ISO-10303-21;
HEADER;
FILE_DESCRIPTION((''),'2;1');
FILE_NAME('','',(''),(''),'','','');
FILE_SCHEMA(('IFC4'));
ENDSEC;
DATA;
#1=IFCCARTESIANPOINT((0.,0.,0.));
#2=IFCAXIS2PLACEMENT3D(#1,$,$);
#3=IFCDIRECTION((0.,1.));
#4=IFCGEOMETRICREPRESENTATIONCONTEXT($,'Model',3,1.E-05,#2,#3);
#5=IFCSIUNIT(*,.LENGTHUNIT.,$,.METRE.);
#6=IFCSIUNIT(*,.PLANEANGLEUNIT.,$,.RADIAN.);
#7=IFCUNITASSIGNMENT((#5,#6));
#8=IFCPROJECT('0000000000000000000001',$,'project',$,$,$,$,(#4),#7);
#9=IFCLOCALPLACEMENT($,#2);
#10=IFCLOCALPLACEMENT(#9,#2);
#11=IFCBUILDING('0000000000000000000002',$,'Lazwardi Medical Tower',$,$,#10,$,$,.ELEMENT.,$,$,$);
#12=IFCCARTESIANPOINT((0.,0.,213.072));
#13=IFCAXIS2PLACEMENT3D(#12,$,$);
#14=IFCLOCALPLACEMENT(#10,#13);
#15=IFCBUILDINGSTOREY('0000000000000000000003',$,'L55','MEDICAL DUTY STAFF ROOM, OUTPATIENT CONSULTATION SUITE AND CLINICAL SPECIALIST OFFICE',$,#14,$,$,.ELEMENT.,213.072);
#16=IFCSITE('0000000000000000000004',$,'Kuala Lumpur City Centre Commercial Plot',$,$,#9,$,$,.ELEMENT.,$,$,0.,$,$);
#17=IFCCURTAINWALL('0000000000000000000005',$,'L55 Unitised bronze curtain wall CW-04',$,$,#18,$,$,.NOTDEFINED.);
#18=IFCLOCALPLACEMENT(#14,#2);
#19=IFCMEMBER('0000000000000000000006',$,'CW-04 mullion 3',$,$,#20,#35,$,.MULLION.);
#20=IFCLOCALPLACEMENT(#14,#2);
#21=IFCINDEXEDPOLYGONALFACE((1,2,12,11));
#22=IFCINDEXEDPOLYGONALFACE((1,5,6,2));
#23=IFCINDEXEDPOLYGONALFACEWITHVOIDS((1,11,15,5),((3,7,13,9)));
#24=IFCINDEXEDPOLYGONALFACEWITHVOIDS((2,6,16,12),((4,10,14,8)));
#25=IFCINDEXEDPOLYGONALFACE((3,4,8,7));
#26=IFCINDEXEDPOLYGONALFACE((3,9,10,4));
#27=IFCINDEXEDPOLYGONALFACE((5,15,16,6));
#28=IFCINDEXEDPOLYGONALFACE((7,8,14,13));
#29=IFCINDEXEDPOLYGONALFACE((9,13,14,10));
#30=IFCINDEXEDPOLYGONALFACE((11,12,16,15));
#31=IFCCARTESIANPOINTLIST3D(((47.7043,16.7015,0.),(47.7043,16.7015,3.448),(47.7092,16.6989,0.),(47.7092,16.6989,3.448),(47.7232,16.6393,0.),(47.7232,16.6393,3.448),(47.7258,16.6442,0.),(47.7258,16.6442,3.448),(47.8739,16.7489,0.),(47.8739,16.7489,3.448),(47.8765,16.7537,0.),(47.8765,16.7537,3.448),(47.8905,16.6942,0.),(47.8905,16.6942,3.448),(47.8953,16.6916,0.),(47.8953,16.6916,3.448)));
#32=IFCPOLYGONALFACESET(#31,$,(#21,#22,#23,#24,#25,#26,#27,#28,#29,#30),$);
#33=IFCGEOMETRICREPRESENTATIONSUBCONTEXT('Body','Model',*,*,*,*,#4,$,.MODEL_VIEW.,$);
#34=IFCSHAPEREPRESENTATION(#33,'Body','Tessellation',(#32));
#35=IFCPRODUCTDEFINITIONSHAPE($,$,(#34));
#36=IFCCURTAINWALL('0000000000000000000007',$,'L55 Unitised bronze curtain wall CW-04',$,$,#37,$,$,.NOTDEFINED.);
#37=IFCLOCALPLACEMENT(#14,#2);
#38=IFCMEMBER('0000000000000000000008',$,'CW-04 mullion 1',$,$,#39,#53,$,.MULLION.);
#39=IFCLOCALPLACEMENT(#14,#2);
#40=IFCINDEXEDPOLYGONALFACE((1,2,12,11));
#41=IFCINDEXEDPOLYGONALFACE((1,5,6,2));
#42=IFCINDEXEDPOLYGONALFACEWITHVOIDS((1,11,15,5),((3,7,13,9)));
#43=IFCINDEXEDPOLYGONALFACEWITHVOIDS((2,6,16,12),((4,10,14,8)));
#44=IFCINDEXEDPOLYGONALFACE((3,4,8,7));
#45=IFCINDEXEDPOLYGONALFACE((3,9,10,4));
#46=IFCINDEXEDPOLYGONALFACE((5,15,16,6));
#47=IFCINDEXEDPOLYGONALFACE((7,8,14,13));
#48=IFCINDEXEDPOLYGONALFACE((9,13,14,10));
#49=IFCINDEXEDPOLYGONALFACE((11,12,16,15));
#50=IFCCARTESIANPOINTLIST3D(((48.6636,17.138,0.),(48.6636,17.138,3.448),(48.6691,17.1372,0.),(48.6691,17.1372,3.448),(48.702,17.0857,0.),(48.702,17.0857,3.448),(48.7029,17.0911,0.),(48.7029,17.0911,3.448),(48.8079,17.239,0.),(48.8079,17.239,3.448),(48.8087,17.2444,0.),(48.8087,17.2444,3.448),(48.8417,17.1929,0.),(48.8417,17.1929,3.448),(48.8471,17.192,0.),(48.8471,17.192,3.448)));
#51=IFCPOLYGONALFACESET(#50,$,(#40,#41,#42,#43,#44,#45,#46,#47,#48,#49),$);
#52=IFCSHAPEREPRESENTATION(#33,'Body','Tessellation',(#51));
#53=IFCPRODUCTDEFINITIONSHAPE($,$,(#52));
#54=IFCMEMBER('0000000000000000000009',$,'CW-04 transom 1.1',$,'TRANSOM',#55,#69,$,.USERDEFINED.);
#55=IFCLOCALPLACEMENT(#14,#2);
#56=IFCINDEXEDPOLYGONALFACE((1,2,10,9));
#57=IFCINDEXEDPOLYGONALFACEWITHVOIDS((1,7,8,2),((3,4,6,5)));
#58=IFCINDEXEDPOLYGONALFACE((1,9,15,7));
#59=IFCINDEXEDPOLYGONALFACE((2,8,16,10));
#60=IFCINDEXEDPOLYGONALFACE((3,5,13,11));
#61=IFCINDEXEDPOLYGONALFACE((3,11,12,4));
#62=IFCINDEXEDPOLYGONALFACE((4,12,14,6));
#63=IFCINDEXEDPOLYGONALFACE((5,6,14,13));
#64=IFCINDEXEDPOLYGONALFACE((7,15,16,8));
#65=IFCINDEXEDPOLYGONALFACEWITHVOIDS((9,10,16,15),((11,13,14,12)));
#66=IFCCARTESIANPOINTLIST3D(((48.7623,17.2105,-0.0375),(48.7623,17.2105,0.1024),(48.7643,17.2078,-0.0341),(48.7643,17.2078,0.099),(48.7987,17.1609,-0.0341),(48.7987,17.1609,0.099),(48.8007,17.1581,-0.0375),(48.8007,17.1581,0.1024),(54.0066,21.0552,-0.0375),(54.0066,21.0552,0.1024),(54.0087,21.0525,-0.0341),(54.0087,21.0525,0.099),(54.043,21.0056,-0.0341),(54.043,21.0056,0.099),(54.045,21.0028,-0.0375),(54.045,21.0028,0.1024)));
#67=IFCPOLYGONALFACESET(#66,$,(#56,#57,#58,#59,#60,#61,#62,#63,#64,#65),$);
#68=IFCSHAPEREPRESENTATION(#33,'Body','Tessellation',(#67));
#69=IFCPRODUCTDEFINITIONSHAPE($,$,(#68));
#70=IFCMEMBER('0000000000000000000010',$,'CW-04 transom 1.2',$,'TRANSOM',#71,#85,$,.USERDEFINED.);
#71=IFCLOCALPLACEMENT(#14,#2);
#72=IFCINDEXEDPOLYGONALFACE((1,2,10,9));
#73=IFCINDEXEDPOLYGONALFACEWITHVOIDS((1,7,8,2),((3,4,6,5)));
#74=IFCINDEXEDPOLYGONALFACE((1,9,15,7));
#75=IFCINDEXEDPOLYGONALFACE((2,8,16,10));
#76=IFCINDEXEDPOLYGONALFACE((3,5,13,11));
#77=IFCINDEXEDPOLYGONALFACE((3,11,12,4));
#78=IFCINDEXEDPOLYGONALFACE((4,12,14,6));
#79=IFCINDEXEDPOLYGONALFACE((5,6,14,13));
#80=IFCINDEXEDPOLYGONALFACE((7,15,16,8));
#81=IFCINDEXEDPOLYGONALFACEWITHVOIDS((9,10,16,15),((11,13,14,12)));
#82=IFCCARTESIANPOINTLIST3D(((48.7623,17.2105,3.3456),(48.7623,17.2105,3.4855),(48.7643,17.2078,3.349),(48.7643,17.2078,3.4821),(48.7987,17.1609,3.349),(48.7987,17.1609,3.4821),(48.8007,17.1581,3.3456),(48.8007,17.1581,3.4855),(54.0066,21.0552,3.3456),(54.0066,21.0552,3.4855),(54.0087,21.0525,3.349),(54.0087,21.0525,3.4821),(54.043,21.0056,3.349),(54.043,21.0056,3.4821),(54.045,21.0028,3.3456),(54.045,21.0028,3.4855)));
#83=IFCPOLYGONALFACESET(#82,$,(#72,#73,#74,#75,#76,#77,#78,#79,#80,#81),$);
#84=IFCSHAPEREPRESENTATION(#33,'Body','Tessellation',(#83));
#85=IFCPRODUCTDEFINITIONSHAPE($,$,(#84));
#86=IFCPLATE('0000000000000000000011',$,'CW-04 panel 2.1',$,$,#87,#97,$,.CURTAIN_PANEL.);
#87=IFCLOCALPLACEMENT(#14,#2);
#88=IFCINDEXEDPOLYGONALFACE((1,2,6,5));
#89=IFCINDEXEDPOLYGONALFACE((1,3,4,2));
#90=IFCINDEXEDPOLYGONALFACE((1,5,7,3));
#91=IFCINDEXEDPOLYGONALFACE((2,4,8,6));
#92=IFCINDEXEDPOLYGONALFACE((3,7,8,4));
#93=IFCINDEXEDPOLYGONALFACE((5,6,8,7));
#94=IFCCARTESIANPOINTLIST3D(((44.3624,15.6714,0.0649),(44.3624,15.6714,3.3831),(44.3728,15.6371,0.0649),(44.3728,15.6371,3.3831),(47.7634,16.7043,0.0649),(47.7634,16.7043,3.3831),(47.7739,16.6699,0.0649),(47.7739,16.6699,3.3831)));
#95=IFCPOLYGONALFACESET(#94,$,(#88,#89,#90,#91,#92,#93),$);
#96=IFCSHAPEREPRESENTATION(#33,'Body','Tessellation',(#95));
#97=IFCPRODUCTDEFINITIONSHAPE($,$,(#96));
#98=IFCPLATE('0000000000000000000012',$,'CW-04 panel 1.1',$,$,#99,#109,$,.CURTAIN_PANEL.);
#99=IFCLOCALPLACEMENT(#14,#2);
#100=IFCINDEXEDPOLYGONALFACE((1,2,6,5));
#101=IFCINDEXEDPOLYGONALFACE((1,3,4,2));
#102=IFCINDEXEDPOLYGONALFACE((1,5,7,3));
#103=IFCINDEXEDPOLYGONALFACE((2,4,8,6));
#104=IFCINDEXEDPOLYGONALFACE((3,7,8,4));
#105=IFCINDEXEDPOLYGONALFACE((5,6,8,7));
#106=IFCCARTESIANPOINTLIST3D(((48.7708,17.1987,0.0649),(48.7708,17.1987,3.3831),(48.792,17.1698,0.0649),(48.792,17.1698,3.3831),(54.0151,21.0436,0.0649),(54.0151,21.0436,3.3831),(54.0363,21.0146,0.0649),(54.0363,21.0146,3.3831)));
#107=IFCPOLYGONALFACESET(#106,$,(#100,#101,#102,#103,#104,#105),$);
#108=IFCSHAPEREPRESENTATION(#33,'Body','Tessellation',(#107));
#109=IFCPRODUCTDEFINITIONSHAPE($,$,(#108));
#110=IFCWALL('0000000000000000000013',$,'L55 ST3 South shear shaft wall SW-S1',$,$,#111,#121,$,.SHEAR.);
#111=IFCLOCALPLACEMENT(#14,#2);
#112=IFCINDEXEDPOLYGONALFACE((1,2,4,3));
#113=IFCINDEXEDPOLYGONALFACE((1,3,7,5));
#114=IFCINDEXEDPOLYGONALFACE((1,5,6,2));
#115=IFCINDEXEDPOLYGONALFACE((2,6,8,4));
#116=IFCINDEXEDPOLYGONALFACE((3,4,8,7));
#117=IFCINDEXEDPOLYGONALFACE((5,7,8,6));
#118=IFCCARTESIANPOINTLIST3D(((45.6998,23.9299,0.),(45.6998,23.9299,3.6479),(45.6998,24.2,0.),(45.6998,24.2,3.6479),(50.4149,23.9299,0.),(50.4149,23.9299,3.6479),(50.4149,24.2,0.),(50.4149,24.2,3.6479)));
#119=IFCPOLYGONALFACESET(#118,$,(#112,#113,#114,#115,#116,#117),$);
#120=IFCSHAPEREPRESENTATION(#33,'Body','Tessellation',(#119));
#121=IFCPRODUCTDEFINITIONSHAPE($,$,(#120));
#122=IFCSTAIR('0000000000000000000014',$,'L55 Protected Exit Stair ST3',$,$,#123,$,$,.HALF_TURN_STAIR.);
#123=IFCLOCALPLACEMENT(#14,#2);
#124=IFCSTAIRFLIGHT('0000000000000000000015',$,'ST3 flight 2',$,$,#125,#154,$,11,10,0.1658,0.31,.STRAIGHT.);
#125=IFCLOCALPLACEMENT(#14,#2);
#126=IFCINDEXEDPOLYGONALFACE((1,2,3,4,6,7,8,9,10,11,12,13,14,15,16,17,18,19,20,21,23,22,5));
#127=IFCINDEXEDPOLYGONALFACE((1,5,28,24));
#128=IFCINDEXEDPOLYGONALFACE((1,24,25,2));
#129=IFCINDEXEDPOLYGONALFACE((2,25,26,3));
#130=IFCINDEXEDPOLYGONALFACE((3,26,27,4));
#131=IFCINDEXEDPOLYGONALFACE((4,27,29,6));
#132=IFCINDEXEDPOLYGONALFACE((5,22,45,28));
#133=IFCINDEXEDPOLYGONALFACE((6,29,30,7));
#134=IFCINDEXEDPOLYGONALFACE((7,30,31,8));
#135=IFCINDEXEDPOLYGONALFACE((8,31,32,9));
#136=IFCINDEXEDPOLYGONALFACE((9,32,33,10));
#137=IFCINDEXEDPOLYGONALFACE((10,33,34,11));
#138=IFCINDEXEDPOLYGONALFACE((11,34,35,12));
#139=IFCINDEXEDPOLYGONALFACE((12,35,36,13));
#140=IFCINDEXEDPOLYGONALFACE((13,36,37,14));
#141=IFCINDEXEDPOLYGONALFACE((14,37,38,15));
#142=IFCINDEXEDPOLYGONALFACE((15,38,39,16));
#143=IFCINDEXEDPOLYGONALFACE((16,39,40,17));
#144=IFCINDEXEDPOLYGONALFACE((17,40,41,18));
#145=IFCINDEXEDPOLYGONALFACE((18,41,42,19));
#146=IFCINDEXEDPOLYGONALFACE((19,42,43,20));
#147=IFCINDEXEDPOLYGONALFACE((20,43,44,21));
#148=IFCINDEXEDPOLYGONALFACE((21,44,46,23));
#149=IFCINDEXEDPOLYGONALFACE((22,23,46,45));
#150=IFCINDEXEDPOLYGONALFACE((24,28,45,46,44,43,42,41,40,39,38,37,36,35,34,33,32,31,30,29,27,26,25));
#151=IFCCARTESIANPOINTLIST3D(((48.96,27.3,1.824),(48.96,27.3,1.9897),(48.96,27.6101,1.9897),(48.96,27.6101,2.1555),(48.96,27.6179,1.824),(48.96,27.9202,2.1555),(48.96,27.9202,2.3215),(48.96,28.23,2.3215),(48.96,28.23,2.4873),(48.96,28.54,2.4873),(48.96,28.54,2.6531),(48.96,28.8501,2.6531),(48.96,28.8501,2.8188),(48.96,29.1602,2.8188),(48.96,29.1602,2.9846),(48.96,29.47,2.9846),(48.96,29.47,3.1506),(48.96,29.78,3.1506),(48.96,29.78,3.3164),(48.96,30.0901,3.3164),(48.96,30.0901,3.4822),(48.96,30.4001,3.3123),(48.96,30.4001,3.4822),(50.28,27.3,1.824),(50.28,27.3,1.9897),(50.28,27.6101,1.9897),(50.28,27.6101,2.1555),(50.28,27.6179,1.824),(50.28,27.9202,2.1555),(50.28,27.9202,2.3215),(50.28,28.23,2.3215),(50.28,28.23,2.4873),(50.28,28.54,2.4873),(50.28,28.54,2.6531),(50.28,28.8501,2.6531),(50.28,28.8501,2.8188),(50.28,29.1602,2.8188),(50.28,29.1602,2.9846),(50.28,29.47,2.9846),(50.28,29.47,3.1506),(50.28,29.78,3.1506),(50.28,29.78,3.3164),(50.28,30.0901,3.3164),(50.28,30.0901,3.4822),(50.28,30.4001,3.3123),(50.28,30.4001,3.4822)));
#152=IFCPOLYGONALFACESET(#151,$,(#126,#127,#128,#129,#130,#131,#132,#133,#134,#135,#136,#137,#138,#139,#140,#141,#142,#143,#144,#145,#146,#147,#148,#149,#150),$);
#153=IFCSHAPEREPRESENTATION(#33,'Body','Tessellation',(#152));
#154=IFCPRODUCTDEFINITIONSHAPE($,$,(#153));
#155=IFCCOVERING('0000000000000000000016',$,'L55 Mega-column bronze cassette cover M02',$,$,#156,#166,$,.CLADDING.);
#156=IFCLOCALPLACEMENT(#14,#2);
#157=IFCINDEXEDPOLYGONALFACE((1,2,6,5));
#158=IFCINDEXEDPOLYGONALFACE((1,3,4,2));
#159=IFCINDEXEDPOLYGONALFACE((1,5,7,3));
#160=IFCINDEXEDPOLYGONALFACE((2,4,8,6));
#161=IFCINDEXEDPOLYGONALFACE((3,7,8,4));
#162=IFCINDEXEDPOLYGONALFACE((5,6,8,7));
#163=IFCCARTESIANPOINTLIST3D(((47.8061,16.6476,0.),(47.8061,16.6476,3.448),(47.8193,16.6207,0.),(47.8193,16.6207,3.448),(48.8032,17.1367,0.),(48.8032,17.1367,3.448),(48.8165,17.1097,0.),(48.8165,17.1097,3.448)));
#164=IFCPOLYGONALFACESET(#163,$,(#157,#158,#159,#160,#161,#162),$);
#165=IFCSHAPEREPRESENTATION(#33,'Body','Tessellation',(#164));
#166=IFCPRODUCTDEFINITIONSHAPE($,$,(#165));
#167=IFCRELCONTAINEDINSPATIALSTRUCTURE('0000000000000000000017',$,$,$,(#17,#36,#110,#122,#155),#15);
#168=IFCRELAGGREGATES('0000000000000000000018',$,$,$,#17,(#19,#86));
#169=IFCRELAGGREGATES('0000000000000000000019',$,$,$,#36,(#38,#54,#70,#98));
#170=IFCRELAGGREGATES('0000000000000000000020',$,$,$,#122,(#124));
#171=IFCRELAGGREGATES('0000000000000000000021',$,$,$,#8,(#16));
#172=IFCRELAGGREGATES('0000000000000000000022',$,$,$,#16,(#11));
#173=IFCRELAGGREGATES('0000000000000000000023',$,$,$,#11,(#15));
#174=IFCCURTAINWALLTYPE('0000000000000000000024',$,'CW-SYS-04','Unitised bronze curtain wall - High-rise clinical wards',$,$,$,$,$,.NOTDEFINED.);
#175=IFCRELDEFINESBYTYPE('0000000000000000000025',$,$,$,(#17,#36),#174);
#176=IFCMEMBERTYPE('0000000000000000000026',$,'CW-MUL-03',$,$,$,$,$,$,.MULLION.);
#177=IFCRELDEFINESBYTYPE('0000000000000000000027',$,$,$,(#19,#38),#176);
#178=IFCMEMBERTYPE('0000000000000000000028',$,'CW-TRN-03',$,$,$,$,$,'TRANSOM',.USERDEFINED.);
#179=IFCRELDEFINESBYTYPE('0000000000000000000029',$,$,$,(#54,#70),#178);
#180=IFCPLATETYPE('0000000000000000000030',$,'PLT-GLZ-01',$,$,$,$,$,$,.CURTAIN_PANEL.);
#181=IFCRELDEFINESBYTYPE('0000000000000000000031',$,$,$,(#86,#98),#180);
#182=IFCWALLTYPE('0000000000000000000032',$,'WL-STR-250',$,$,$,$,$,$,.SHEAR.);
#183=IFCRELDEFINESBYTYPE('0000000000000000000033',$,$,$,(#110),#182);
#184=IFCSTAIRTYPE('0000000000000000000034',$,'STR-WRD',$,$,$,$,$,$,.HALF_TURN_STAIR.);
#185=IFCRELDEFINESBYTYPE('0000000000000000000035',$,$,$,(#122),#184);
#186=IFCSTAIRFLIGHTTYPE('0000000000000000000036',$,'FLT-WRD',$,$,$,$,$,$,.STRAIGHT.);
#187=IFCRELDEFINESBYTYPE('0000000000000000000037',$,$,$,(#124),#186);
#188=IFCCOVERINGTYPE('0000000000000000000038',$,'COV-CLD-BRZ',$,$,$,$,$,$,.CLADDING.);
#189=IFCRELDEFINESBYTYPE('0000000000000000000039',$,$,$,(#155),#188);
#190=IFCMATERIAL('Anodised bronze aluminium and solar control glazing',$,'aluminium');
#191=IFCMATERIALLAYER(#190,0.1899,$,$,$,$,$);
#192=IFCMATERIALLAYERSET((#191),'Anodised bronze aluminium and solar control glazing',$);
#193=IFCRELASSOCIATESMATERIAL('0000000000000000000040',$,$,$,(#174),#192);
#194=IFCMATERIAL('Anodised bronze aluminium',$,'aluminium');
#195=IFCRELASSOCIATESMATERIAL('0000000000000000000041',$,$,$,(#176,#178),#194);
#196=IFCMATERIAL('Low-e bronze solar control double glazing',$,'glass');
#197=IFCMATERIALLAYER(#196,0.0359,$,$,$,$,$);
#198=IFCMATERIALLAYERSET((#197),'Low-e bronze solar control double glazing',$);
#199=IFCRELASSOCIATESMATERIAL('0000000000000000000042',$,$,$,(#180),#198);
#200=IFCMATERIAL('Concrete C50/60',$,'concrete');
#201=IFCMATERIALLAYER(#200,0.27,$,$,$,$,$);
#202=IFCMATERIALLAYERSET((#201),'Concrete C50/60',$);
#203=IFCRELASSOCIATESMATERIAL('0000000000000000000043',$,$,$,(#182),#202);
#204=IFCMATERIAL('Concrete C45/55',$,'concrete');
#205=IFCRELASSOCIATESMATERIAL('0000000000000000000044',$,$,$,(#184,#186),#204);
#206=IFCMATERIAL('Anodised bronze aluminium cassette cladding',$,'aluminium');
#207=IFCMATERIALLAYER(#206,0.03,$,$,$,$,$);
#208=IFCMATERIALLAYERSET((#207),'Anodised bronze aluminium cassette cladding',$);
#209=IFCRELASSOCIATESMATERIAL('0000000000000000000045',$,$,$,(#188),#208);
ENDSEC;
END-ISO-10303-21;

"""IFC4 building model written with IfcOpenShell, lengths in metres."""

from ifc_helpers import new_model, si_unit, direction, frame, frame_2d, origin, origin_2d, place, context, subcontext, project, spatial, polyline, rectangle, hollow_rectangle, outline, extrude, material, layer, layer_set, material_profile, profile_set, type_object, element, aggregate, save


model = new_model("IFC4")

# Units and contexts
model_context = context("Model", 3, precision=1e-05, world=origin(), true_north=direction((0.0, 1.0)))
body_context = subcontext(model_context, "Body", "Model", "MODEL_VIEW")
ifc_project = project(units=[si_unit("LENGTHUNIT", "METRE"), si_unit("PLANEANGLEUNIT", "RADIAN")], contexts=[model_context])

# Site, building, storey
site_placement = place(None, origin())
site = spatial("IfcSite", under=ifc_project, at=site_placement, Name="Kuala Lumpur City Centre Commercial Plot", CompositionType="ELEMENT", RefElevation=0.0)
building_placement = place(site_placement, origin())
building = spatial("IfcBuilding", under=site, at=building_placement, Name="Lazwardi Medical Tower", CompositionType="ELEMENT")
storey_placement = place(building_placement, frame((0.0, 0.0, 213.072)))
storey = spatial("IfcBuildingStorey", under=building, at=storey_placement, Name="L55", Description="MEDICAL DUTY STAFF ROOM, OUTPATIENT CONSULTATION SUITE AND CLINICAL SPECIALIST OFFICE", CompositionType="ELEMENT", Elevation=213.072)

# Curtain wall, member
ifc_material_1 = material(Name="Anodised bronze aluminium and solar control glazing", Category="aluminium")
ifc_layer_1 = layer(ifc_material_1, 0.1899)
ifc_layer_set_1 = layer_set([ifc_layer_1], Name="Anodised bronze aluminium and solar control glazing")
curtain_wall_type = type_object("IfcCurtainWallType", Name="CW-SYS-04", Description="Unitised bronze curtain wall - High-rise clinical wards", PredefinedType="NOTDEFINED", material=ifc_layer_set_1)
curtain_wall_1_placement = place(storey_placement, origin())
curtain_wall_1 = element("IfcCurtainWall", 1, at=curtain_wall_1_placement, inside=storey, type_object=curtain_wall_type, Name="L55 Unitised bronze curtain wall CW-04", PredefinedType="NOTDEFINED")
ifc_material_2 = material(Name="Anodised bronze aluminium", Category="aluminium")
ifc_material_profile_1 = material_profile(ifc_material_2, hollow_rectangle(XDim=0.0649, YDim=0.1799, WallThickness=0.0039, at=origin_2d()), Name="ALU-MULLION 180x65x4")
ifc_profile_set_1 = profile_set([ifc_material_profile_1], Name="Anodised bronze aluminium")
member_type_1 = type_object("IfcMemberType", Name="CW-MUL-03", PredefinedType="MULLION", material=ifc_profile_set_1)
member_1_placement = place(storey_placement, frame((47.7998, 16.6965, 0.0), z_axis=(0.0, 0.0, 1.0), x_axis=(-0.290582, 0.95685, 0.0)))
member_1 = element("IfcMember", 2, at=member_1_placement, type_object=member_type_1, Name="CW-04 mullion 3", PredefinedType="MULLION", context=body_context, shape_type="SweptSolid", body=[
    extrude(hollow_rectangle(XDim=0.0649, YDim=0.1799, WallThickness=0.0039, at=origin_2d()), origin(), (0.0, 0.0, 1.0), 3.448),
])

# Curtain wall, members
curtain_wall_2_placement = place(storey_placement, origin())
curtain_wall_2 = element("IfcCurtainWall", 3, at=curtain_wall_2_placement, inside=storey, type_object=curtain_wall_type, Name="L55 Unitised bronze curtain wall CW-04", PredefinedType="NOTDEFINED")
member_2_placement = place(storey_placement, frame((48.7554, 17.165, 0.0), z_axis=(0.0, 0.0, 1.0), x_axis=(-0.591268, 0.806475, 0.0)))
member_2 = element("IfcMember", 4, at=member_2_placement, type_object=member_type_1, Name="CW-04 mullion 1", PredefinedType="MULLION", context=body_context, shape_type="SweptSolid", body=[
    extrude(hollow_rectangle(XDim=0.0649, YDim=0.1799, WallThickness=0.0039, at=origin_2d()), origin(), (0.0, 0.0, 1.0), 3.448),
])
ifc_material_profile_2 = material_profile(ifc_material_2, hollow_rectangle(XDim=0.0649, YDim=0.1399, WallThickness=0.0034, at=origin_2d()), Name="ALU-TRANSOM 140x65x3.5")
ifc_profile_set_2 = profile_set([ifc_material_profile_2], Name="Anodised bronze aluminium")
member_type_2 = type_object("IfcMemberType", Name="CW-TRN-03", ElementType="TRANSOM", PredefinedType="USERDEFINED", material=ifc_profile_set_2)
member_3_placement = place(storey_placement, frame((48.7815, 17.1843, 0.0325), z_axis=(0.80649, 0.591248, 0.0), x_axis=(-0.591248, 0.80649, 0.0)))
member_3 = element("IfcMember", 5, at=member_3_placement, type_object=member_type_2, Name="CW-04 transom 1.1", ObjectType="TRANSOM", PredefinedType="USERDEFINED", context=body_context, shape_type="SweptSolid", body=[
    extrude(hollow_rectangle(XDim=0.0649, YDim=0.1399, WallThickness=0.0034, at=origin_2d()), origin(), (0.0, 0.0, 1.0), 6.5027),
])
member_4_placement = place(storey_placement, frame((48.7815, 17.1843, 3.4155), z_axis=(0.80649, 0.591248, 0.0), x_axis=(-0.591248, 0.80649, 0.0)))
member_4 = element("IfcMember", 6, at=member_4_placement, type_object=member_type_2, Name="CW-04 transom 1.2", ObjectType="TRANSOM", PredefinedType="USERDEFINED", context=body_context, shape_type="SweptSolid", body=[
    extrude(hollow_rectangle(XDim=0.0649, YDim=0.1399, WallThickness=0.0034, at=origin_2d()), origin(), (0.0, 0.0, 1.0), 6.5027),
])

# Plates
ifc_material_3 = material(Name="Low-e bronze solar control double glazing", Category="glass")
ifc_layer_2 = layer(ifc_material_3, 0.0359)
ifc_layer_set_2 = layer_set([ifc_layer_2], Name="Low-e bronze solar control double glazing")
plate_type = type_object("IfcPlateType", Name="PLT-GLZ-01", PredefinedType="CURTAIN_PANEL", material=ifc_layer_set_2)
plate_1_placement = place(storey_placement, frame((46.0681, 16.1707, 0.0649), z_axis=(0.0, 0.0, 1.0), x_axis=(0.95685, 0.290582, 0.0)))
plate_1 = element("IfcPlate", 7, at=plate_1_placement, type_object=plate_type, Name="CW-04 panel 2.1", PredefinedType="CURTAIN_PANEL", context=body_context, shape_type="SweptSolid", body=[
    extrude(rectangle(XDim=3.5544, YDim=0.0359, at=origin_2d()), origin(), (0.0, 0.0, 1.0), 3.3181),
])
aggregate(curtain_wall_1, [member_1, plate_1])
plate_2_placement = place(storey_placement, frame((51.4036, 19.1067, 0.0649), z_axis=(0.0, 0.0, 1.0), x_axis=(0.806475, 0.591268, 0.0)))
plate_2 = element("IfcPlate", 8, at=plate_2_placement, type_object=plate_type, Name="CW-04 panel 1.1", PredefinedType="CURTAIN_PANEL", context=body_context, shape_type="SweptSolid", body=[
    extrude(rectangle(XDim=6.5027, YDim=0.0359, at=origin_2d()), origin(), (0.0, 0.0, 1.0), 3.3181),
])
aggregate(curtain_wall_2, [member_2, member_3, member_4, plate_2])

# Wall
ifc_material_4 = material(Name="Concrete C50/60", Category="concrete")
ifc_layer_3 = layer(ifc_material_4, 0.27)
ifc_layer_set_3 = layer_set([ifc_layer_3], Name="Concrete C50/60")
wall_type = type_object("IfcWallType", Name="WL-STR-250", PredefinedType="SHEAR", material=ifc_layer_set_3)
wall_placement = place(storey_placement, frame((45.7, 24.0649, 0.0), z_axis=(0.0, 0.0, 1.0), x_axis=(1.0, 0.0, 0.0)))
element("IfcWall", 9, at=wall_placement, inside=storey, type_object=wall_type, Name="L55 ST3 South shear shaft wall SW-S1", PredefinedType="SHEAR", context=body_context, shape_type="SweptSolid", body=[
    extrude(rectangle(XDim=4.7151, YDim=0.27, at=frame_2d((2.3574, 0.0))), origin(), (0.0, 0.0, 1.0), 3.6479),
])

# Stair, stair flight
ifc_material_5 = material(Name="Concrete C45/55", Category="concrete")
stair_type = type_object("IfcStairType", Name="STR-WRD", PredefinedType="HALF_TURN_STAIR", material=ifc_material_5)
stair_placement = place(storey_placement, origin())
stair = element("IfcStair", 10, at=stair_placement, inside=storey, type_object=stair_type, Name="L55 Protected Exit Stair ST3", PredefinedType="HALF_TURN_STAIR")
stair_flight_type = type_object("IfcStairFlightType", Name="FLT-WRD", PredefinedType="STRAIGHT", material=ifc_material_5)
stair_flight_placement = place(storey_placement, frame((49.6201, 27.3, 1.824), z_axis=(0.0, 0.0, 1.0), x_axis=(0.0, 1.0, 0.0)))
stair_flight = element("IfcStairFlight", 11, at=stair_flight_placement, type_object=stair_flight_type, Name="ST3 flight 2", NumberOfRisers=11, NumberOfTreads=10, PredefinedType="STRAIGHT", RiserHeight=0.1658, TreadLength=0.31, context=body_context, shape_type="SweptSolid", body=[
    extrude(outline(polyline([(0.0, 0.0), (0.0, 0.1658), (0.3101, 0.1658), (0.3101, 0.3315), (0.6201, 0.3315), (0.6201, 0.4976), (0.9299, 0.4976), (0.9299, 0.6633), (1.24, 0.6633), (1.24, 0.8291), (1.55, 0.8291), (1.55, 0.9949), (1.8601, 0.9949), (1.8601, 1.1606), (2.1699, 1.1606), (2.1699, 1.3267), (2.48, 1.3267), (2.48, 1.4924), (2.79, 1.4924), (2.79, 1.6582), (3.1001, 1.6582), (3.1001, 1.824), (3.1001, 1.4883), (0.3179, 0.0), (0.0, 0.0)])), frame((0.0, 0.6602, 0.0), z_axis=(0.0, -1.0, 0.0), x_axis=(1.0, 0.0, 0.0)), (0.0, 0.0, 1.0), 1.3201),
])
aggregate(stair, [stair_flight])

# Covering
ifc_material_6 = material(Name="Anodised bronze aluminium cassette cladding", Category="aluminium")
ifc_layer_4 = layer(ifc_material_6, 0.03)
ifc_layer_set_4 = layer_set([ifc_layer_4], Name="Anodised bronze aluminium cassette cladding")
covering_type = type_object("IfcCoveringType", Name="COV-CLD-BRZ", PredefinedType="CLADDING", material=ifc_layer_set_4)
covering_placement = place(storey_placement, frame((48.3113, 16.8787, 0.0), z_axis=(0.0, 0.0, 1.0), x_axis=(0.89784, 0.440322, 0.0)))
element("IfcCovering", 12, at=covering_placement, inside=storey, type_object=covering_type, Name="L55 Mega-column bronze cassette cover M02", PredefinedType="CLADDING", context=body_context, shape_type="SweptSolid", body=[
    extrude(rectangle(XDim=1.1106, YDim=0.03, at=origin_2d()), origin(), (0.0, 0.0, 1.0), 3.448),
])

save(model, "model.ifc")
